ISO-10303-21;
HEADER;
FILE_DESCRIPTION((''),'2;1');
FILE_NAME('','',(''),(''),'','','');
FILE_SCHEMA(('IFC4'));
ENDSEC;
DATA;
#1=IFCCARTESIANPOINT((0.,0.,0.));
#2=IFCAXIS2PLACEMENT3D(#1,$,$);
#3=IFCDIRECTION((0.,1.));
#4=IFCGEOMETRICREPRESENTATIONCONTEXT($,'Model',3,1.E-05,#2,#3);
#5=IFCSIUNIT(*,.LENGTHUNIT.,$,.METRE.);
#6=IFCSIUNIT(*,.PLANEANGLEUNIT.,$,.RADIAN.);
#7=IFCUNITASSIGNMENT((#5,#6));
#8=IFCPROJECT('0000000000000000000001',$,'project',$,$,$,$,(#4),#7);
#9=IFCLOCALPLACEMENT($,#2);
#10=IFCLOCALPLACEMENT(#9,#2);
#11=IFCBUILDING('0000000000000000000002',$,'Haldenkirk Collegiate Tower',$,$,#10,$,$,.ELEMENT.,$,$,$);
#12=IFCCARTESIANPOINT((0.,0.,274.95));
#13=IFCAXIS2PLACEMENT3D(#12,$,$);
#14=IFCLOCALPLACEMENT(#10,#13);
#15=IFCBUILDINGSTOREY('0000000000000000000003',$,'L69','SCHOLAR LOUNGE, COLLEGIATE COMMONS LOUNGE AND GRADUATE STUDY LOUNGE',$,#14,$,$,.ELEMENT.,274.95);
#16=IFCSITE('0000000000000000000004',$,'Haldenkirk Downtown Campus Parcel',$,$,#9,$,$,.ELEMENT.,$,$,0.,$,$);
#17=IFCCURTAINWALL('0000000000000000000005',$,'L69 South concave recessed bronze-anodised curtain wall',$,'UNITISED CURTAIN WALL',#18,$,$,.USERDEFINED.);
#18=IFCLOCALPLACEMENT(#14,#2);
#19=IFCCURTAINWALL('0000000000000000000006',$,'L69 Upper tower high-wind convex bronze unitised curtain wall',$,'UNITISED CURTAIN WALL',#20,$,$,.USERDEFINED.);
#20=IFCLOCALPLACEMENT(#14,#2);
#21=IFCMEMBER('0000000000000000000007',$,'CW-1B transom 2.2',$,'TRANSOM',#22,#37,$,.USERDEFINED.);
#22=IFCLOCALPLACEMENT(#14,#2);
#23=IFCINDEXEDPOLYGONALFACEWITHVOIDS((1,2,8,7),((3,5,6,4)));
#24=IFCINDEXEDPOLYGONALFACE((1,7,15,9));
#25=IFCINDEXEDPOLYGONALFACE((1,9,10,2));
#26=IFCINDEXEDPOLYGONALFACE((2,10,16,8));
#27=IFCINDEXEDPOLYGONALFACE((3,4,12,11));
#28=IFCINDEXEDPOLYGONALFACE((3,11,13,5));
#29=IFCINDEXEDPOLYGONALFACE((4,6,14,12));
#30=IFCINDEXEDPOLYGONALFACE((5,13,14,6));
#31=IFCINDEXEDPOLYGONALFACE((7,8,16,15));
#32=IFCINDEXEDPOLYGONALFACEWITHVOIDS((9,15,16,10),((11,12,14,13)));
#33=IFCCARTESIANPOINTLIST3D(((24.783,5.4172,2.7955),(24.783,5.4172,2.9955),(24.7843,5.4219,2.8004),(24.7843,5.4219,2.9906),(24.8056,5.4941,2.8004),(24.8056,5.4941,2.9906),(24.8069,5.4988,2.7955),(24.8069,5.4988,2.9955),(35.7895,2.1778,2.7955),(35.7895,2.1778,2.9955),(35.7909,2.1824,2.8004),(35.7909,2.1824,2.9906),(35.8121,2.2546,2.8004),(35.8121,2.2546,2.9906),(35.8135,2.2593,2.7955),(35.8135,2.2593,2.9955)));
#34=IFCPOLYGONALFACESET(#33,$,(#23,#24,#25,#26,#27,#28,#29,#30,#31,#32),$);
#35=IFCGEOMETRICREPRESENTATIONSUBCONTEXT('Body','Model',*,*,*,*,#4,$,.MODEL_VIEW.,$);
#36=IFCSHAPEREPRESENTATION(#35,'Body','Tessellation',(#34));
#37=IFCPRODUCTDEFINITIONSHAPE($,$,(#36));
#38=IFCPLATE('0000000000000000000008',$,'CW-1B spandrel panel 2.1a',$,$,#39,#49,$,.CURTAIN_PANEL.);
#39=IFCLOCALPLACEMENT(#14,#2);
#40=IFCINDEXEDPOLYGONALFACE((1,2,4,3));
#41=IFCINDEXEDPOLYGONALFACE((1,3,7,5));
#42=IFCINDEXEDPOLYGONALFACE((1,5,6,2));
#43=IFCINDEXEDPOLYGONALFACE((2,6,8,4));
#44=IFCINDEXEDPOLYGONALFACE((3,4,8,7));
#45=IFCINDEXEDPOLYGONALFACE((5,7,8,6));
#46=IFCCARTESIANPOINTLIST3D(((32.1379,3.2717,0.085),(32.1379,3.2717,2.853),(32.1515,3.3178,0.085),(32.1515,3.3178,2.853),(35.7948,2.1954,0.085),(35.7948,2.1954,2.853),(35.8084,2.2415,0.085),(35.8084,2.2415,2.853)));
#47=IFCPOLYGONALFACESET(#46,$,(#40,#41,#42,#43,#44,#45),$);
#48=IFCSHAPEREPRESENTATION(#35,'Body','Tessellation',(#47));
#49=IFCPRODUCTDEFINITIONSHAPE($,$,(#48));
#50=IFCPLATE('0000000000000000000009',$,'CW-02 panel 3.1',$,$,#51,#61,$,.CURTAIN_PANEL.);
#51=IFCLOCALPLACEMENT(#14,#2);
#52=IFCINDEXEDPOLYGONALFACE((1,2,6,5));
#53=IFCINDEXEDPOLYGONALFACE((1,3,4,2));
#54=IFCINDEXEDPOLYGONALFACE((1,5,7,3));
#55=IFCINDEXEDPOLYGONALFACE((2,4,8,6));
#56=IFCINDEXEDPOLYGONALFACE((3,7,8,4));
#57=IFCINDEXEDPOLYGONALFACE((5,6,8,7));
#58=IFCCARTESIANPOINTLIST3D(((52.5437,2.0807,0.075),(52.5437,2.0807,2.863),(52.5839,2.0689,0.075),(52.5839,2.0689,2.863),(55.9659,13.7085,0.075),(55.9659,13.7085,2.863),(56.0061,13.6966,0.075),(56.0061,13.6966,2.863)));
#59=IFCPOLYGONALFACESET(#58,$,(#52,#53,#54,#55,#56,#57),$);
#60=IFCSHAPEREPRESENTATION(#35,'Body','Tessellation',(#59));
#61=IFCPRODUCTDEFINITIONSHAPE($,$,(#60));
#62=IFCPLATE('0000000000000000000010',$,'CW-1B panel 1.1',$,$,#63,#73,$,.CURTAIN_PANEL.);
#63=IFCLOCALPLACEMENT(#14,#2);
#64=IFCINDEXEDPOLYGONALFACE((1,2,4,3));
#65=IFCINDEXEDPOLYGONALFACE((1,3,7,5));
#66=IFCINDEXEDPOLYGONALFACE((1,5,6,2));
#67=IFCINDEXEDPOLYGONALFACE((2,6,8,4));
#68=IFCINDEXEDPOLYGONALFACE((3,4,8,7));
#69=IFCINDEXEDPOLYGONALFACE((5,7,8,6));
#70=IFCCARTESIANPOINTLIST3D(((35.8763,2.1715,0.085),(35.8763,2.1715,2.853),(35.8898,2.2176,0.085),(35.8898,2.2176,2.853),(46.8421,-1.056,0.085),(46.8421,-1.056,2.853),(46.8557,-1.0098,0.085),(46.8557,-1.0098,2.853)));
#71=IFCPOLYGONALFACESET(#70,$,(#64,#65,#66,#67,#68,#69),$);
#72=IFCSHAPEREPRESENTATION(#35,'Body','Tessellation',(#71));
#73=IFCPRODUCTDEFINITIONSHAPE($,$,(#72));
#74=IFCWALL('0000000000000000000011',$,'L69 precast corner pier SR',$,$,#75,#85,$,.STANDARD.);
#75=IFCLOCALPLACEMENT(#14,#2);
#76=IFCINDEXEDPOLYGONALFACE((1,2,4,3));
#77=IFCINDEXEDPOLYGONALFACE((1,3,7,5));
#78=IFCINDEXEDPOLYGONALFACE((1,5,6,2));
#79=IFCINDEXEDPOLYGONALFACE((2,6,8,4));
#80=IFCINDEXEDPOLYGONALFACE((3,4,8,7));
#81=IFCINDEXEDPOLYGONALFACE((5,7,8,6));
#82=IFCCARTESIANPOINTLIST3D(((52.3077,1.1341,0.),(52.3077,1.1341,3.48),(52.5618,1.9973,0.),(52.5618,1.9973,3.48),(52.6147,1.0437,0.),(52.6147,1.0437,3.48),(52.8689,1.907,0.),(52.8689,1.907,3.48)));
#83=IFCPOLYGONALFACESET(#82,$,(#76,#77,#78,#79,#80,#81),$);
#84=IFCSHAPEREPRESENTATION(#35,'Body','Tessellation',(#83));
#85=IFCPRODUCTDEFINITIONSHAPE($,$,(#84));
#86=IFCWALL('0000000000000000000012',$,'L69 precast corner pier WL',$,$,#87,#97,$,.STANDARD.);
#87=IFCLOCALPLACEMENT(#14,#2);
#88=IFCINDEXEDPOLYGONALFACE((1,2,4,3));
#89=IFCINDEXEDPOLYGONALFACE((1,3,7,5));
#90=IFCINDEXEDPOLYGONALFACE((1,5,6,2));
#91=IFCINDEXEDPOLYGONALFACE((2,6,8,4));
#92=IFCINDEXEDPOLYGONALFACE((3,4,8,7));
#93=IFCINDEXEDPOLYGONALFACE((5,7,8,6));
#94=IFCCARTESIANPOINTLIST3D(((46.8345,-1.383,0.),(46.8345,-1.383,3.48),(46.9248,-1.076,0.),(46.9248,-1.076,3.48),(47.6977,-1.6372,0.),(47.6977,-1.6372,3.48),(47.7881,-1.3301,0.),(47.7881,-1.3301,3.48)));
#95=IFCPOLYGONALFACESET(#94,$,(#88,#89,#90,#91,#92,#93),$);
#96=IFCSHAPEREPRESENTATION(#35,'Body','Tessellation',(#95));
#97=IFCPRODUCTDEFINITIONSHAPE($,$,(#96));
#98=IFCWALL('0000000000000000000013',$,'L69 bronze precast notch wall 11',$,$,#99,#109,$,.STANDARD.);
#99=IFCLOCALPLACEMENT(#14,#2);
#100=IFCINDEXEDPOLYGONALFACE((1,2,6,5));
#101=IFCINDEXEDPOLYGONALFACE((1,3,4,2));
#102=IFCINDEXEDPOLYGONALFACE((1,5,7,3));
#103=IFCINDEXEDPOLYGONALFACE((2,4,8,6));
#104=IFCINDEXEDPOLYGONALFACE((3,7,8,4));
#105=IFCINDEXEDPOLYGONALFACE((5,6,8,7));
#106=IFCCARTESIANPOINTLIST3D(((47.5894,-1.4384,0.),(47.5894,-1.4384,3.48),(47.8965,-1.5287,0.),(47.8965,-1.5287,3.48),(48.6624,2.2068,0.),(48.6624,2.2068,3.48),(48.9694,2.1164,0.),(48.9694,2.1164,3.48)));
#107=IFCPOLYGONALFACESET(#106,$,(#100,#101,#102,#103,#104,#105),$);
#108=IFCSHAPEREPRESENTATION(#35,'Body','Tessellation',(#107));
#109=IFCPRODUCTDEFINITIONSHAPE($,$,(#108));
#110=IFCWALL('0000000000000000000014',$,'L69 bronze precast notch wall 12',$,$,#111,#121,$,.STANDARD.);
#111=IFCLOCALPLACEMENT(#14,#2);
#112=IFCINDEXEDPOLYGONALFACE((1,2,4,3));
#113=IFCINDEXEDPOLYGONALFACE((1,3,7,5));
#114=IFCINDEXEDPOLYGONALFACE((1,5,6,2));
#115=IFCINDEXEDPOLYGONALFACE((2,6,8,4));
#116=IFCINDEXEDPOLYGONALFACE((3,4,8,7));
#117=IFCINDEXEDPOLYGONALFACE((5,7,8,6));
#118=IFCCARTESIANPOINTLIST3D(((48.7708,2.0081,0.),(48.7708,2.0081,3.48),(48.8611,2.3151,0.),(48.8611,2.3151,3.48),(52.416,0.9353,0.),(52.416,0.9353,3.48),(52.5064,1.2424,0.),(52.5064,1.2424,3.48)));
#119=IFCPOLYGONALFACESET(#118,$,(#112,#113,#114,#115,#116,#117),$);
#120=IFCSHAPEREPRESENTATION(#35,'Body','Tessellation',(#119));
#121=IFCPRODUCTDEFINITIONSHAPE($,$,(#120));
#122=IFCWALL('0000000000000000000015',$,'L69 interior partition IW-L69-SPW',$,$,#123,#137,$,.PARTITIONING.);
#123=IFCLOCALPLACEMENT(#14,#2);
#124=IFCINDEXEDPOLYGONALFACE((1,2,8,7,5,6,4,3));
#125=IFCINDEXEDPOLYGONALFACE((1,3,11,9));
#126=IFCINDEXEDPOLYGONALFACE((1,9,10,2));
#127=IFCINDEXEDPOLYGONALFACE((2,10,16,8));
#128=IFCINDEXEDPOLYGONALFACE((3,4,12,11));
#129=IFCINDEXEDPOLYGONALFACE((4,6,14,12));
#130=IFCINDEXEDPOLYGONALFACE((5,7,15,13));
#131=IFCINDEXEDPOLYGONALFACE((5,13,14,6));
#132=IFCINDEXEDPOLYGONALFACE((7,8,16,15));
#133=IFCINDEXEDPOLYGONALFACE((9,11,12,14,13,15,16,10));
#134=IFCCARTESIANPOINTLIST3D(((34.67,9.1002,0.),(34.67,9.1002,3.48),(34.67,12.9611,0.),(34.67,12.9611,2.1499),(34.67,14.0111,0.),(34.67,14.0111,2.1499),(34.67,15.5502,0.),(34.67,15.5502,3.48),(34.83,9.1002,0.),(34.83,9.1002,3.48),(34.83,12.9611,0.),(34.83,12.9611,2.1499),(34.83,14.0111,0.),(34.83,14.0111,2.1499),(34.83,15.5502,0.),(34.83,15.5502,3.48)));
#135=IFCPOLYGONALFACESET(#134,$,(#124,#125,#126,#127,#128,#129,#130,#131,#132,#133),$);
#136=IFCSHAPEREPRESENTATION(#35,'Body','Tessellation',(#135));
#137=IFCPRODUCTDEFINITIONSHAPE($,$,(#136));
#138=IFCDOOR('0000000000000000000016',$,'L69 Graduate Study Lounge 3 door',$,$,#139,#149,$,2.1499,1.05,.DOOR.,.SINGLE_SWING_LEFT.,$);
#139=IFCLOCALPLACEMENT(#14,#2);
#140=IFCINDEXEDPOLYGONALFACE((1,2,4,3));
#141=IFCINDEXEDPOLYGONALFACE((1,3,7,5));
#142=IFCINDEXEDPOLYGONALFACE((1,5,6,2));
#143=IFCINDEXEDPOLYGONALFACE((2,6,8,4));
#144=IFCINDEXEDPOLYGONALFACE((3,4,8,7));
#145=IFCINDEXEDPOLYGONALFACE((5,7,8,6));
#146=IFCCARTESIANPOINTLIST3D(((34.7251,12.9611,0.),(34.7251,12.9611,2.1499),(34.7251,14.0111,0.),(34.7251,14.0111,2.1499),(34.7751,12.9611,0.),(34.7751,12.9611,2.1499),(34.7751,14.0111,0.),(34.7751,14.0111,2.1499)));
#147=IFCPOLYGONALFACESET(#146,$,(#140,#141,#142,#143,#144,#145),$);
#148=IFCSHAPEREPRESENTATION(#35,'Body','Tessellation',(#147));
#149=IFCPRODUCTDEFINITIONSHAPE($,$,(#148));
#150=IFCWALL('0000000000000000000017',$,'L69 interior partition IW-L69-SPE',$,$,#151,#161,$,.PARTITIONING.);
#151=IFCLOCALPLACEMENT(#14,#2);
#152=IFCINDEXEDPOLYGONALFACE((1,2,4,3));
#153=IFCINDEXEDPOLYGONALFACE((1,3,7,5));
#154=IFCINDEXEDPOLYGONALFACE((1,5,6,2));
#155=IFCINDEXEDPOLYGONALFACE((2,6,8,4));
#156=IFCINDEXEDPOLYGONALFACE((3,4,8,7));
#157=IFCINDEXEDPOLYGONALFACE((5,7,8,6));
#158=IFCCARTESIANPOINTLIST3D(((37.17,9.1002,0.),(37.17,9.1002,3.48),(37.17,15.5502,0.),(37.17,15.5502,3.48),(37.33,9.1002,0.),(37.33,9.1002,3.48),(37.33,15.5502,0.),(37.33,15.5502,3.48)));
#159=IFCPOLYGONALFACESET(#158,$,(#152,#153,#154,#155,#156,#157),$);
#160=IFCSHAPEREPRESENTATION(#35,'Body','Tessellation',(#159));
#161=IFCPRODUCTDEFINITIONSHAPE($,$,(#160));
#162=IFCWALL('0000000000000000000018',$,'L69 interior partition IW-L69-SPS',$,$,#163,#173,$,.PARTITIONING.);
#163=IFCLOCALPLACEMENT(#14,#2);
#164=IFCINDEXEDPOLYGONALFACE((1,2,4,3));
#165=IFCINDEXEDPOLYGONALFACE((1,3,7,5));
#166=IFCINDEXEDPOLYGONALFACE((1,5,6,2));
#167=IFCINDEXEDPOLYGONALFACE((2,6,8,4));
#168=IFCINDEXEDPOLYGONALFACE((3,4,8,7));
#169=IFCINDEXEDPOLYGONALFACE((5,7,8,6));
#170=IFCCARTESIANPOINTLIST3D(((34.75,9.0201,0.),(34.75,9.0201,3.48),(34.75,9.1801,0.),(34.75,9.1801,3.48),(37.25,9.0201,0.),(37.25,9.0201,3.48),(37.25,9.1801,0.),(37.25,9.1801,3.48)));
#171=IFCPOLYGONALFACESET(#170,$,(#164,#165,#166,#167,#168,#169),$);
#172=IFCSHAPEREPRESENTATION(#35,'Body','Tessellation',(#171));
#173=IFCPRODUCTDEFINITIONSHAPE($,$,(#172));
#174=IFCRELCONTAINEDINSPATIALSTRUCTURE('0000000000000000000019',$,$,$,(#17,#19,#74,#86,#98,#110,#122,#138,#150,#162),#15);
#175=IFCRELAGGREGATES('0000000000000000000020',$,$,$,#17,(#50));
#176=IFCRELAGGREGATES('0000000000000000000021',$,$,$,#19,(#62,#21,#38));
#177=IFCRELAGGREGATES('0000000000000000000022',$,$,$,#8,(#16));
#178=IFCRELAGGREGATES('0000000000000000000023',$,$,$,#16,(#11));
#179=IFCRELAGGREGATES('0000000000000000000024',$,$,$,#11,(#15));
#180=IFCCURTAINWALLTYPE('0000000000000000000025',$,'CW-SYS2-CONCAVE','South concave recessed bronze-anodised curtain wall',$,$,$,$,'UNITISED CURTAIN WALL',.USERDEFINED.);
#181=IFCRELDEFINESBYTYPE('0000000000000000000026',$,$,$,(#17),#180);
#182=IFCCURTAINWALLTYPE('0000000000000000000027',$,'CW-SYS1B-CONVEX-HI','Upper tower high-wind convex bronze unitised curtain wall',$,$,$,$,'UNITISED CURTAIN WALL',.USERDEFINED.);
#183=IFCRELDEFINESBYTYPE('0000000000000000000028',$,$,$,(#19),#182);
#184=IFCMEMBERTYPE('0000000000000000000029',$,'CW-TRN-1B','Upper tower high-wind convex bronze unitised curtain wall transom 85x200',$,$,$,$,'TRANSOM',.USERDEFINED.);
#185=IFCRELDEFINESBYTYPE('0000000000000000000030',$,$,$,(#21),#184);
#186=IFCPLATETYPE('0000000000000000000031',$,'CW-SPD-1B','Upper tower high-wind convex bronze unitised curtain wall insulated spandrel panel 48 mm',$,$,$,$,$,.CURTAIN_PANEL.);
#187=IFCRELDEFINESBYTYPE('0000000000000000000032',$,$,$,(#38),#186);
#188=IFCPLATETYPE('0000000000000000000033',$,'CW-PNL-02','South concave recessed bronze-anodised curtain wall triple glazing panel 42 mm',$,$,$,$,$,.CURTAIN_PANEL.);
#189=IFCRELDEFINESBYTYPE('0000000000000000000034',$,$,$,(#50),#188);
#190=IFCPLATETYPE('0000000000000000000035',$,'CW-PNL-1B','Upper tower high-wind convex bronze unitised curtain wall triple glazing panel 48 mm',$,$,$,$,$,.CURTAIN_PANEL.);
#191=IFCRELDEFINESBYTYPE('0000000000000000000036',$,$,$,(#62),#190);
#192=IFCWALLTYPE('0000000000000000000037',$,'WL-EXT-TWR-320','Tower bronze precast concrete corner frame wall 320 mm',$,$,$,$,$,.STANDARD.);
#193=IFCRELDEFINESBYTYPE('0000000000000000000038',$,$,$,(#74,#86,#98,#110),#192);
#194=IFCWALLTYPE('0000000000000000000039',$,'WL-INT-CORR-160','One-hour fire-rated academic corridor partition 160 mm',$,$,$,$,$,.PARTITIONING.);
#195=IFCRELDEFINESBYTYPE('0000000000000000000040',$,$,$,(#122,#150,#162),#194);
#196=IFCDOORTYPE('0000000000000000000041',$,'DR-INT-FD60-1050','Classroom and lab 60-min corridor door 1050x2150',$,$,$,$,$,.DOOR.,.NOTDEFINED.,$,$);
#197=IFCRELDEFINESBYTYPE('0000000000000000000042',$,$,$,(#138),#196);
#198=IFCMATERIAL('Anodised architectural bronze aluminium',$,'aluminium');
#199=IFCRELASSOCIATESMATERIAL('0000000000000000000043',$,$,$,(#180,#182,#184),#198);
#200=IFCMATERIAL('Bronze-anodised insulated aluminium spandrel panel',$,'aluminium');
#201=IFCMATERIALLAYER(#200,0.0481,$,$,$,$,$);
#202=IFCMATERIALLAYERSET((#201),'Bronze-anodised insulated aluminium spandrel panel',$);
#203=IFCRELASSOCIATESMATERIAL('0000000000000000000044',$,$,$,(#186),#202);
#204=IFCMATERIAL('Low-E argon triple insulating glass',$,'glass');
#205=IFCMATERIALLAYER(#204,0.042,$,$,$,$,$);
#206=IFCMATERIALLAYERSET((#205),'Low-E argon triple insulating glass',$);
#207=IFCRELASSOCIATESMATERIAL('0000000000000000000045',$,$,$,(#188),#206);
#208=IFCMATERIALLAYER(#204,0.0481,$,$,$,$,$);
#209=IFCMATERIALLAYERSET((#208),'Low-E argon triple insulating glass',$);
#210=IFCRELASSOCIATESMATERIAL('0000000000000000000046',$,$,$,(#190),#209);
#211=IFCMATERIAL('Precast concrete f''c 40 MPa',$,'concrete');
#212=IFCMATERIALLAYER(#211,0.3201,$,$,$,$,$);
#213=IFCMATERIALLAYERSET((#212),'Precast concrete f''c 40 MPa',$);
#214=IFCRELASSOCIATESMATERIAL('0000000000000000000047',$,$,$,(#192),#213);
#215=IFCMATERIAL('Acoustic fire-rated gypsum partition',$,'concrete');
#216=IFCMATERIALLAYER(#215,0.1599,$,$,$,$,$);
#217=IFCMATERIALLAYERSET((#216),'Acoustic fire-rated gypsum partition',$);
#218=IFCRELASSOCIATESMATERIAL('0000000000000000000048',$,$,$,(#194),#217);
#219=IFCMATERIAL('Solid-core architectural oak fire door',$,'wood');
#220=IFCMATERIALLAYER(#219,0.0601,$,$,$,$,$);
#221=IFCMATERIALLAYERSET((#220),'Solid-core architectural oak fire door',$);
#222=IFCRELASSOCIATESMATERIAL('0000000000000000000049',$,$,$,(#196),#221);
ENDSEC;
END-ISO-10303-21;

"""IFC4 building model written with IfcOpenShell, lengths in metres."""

from ifc_helpers import new_model, si_unit, direction, frame, frame_2d, origin, origin_2d, place, context, subcontext, project, spatial, rectangle, hollow_rectangle, extrude, source, transform, mapped, material, layer, layer_set, material_profile, profile_set, type_object, element, fill, aggregate, save


model = new_model("IFC4")

# Units and contexts
model_context = context("Model", 3, precision=1e-05, world=origin(), true_north=direction((0.0, 1.0)))
body_context = subcontext(model_context, "Body", "Model", "MODEL_VIEW")
ifc_project = project(units=[si_unit("LENGTHUNIT", "METRE"), si_unit("PLANEANGLEUNIT", "RADIAN")], contexts=[model_context])

# Site, building, storey
site_placement = place(None, origin())
site = spatial("IfcSite", under=ifc_project, at=site_placement, Name="Haldenkirk Downtown Campus Parcel", CompositionType="ELEMENT", RefElevation=0.0)
building_placement = place(site_placement, origin())
building = spatial("IfcBuilding", under=site, at=building_placement, Name="Haldenkirk Collegiate Tower", CompositionType="ELEMENT")
storey_placement = place(building_placement, frame((0.0, 0.0, 274.95)))
storey = spatial("IfcBuildingStorey", under=building, at=storey_placement, Name="L69", Description="SCHOLAR LOUNGE, COLLEGIATE COMMONS LOUNGE AND GRADUATE STUDY LOUNGE", CompositionType="ELEMENT", Elevation=274.95)

# Curtain wall
ifc_material_1 = material(Name="Anodised architectural bronze aluminium", Category="aluminium")
curtain_wall_type_1 = type_object("IfcCurtainWallType", Name="CW-SYS2-CONCAVE", Description="South concave recessed bronze-anodised curtain wall", ElementType="UNITISED CURTAIN WALL", PredefinedType="USERDEFINED", material=ifc_material_1)
curtain_wall_1_placement = place(storey_placement, origin())
curtain_wall_1 = element("IfcCurtainWall", 1, at=curtain_wall_1_placement, inside=storey, type_object=curtain_wall_type_1, Name="L69 South concave recessed bronze-anodised curtain wall", ObjectType="UNITISED CURTAIN WALL", PredefinedType="USERDEFINED")

# Curtain wall
curtain_wall_type_2 = type_object("IfcCurtainWallType", Name="CW-SYS1B-CONVEX-HI", Description="Upper tower high-wind convex bronze unitised curtain wall", ElementType="UNITISED CURTAIN WALL", PredefinedType="USERDEFINED", material=ifc_material_1)
curtain_wall_2_placement = place(storey_placement, origin())
curtain_wall_2 = element("IfcCurtainWall", 2, at=curtain_wall_2_placement, inside=storey, type_object=curtain_wall_type_2, Name="L69 Upper tower high-wind convex bronze unitised curtain wall", ObjectType="UNITISED CURTAIN WALL", PredefinedType="USERDEFINED")

# Member
ifc_material_profile_1 = material_profile(ifc_material_1, hollow_rectangle(XDim=0.085, YDim=0.2, WallThickness=0.0049, at=origin_2d()), Name="CW-TRN-1B")
ifc_profile_set_1 = profile_set([ifc_material_profile_1], Name="Anodised architectural bronze aluminium")
member_type_1 = type_object("IfcMemberType", Name="CW-TRN-1B", Description="Upper tower high-wind convex bronze unitised curtain wall transom 85x200", ElementType="TRANSOM", PredefinedType="USERDEFINED", material=ifc_profile_set_1)
member_1_placement = place(storey_placement, frame((35.8015, 2.2185, 2.8955), z_axis=(-0.959312, 0.282348, 0.0), x_axis=(-0.282348, -0.959312, 0.0)))
member_1 = element("IfcMember", 3, at=member_1_placement, type_object=member_type_1, Name="CW-1B transom 2.2", ObjectType="TRANSOM", PredefinedType="USERDEFINED", context=body_context, shape_type="SweptSolid", body=[
    extrude(hollow_rectangle(XDim=0.085, YDim=0.2, WallThickness=0.0049, at=origin_2d()), origin(), (0.0, 0.0, 1.0), 11.4734),
])

# Plates
ifc_material_2 = material(Name="Bronze-anodised insulated aluminium spandrel panel", Category="aluminium")
ifc_layer_1 = layer(ifc_material_2, 0.0481)
ifc_layer_set_1 = layer_set([ifc_layer_1], Name="Bronze-anodised insulated aluminium spandrel panel")
plate_type_1 = type_object("IfcPlateType", Name="CW-SPD-1B", Description="Upper tower high-wind convex bronze unitised curtain wall insulated spandrel panel 48 mm", PredefinedType="CURTAIN_PANEL", material=ifc_layer_set_1)
shared_shape_1 = source(origin(), body_context, "Body", "SweptSolid", [
    extrude(rectangle(XDim=3.812, YDim=0.0481, at=origin_2d()), origin(), (0.0, 0.0, 1.0), 2.7681),
])
plate_1_placement = place(storey_placement, frame((33.9731, 2.7566, 0.085), z_axis=(0.0, 0.0, 1.0), x_axis=(-0.959314, 0.282342, 0.0)))
plate_1 = element("IfcPlate", 4, at=plate_1_placement, type_object=plate_type_1, Name="CW-1B spandrel panel 2.1a", PredefinedType="CURTAIN_PANEL", context=body_context, shape_type="MappedRepresentation", body=[
    mapped(shared_shape_1, transform((0.0, 0.0, 0.0), x_axis=(1.0, 0.0, 0.0), y_axis=(0.0, 1.0, 0.0), z_axis=(0.0, 0.0, 1.0), scale=1.0)),
])
ifc_material_3 = material(Name="Low-E argon triple insulating glass", Category="glass")
ifc_layer_2 = layer(ifc_material_3, 0.042)
ifc_layer_set_2 = layer_set([ifc_layer_2], Name="Low-E argon triple insulating glass")
plate_type_2 = type_object("IfcPlateType", Name="CW-PNL-02", Description="South concave recessed bronze-anodised curtain wall triple glazing panel 42 mm", PredefinedType="CURTAIN_PANEL", material=ifc_layer_set_2)
shared_shape_2 = source(origin(), body_context, "Body", "SweptSolid", [
    extrude(rectangle(XDim=12.1208, YDim=0.042, at=origin_2d()), origin(), (0.0, 0.0, 1.0), 2.7881),
])
plate_2_placement = place(storey_placement, frame((54.2749, 7.8887, 0.075), z_axis=(0.0, 0.0, 1.0), x_axis=(-0.282341, -0.959314, 0.0)))
plate_2 = element("IfcPlate", 5, at=plate_2_placement, type_object=plate_type_2, Name="CW-02 panel 3.1", PredefinedType="CURTAIN_PANEL", context=body_context, shape_type="MappedRepresentation", body=[
    mapped(shared_shape_2, transform((0.0, 0.0, 0.0), x_axis=(1.0, 0.0, 0.0), y_axis=(0.0, 1.0, 0.0), z_axis=(0.0, 0.0, 1.0), scale=1.0)),
])
aggregate(curtain_wall_1, [plate_2])
ifc_layer_3 = layer(ifc_material_3, 0.0481)
ifc_layer_set_3 = layer_set([ifc_layer_3], Name="Low-E argon triple insulating glass")
plate_type_3 = type_object("IfcPlateType", Name="CW-PNL-1B", Description="Upper tower high-wind convex bronze unitised curtain wall triple glazing panel 48 mm", PredefinedType="CURTAIN_PANEL", material=ifc_layer_set_3)
shared_shape_3 = source(origin(), body_context, "Body", "SweptSolid", [
    extrude(rectangle(XDim=11.4309, YDim=0.0481, at=origin_2d()), origin(), (0.0, 0.0, 1.0), 2.7681),
])
plate_3_placement = place(storey_placement, frame((41.366, 0.5808, 0.085), z_axis=(0.0, 0.0, 1.0), x_axis=(-0.959314, 0.282342, 0.0)))
plate_3 = element("IfcPlate", 6, at=plate_3_placement, type_object=plate_type_3, Name="CW-1B panel 1.1", PredefinedType="CURTAIN_PANEL", context=body_context, shape_type="MappedRepresentation", body=[
    mapped(shared_shape_3, transform((0.0, 0.0, 0.0), x_axis=(1.0, 0.0, 0.0), y_axis=(0.0, 1.0, 0.0), z_axis=(0.0, 0.0, 1.0), scale=1.0)),
])
aggregate(curtain_wall_2, [plate_3, member_1, plate_1])

# Walls
ifc_material_4 = material(Name="Precast concrete f'c 40 MPa", Category="concrete")
ifc_layer_4 = layer(ifc_material_4, 0.3201)
ifc_layer_set_4 = layer_set([ifc_layer_4], Name="Precast concrete f'c 40 MPa")
wall_type_1 = type_object("IfcWallType", Name="WL-EXT-TWR-320", Description="Tower bronze precast concrete corner frame wall 320 mm", PredefinedType="STANDARD", material=ifc_layer_set_4)
for number, where, z_axis, x_axis, name in (
    (7, (52.7153, 1.9521, 0.0), (0.0, 0.0, 1.0), (-0.282416, -0.959292, 0.0), "L69 precast corner pier SR"),
    (8, (47.7429, -1.4836, 0.0), (0.0, 0.0, 1.0), (-0.959292, 0.282416, 0.0), "L69 precast corner pier WL"),
):
    element("IfcWall", number, at=place(storey_placement, frame(where, z_axis=z_axis, x_axis=x_axis)), inside=storey, type_object=wall_type_1, Name=name, PredefinedType="STANDARD", context=body_context, shape_type="SweptSolid", body=[
        extrude(rectangle(XDim=0.8999, YDim=0.3201, at=frame_2d((0.45, 0.0))), origin(), (0.0, 0.0, 1.0), 3.48),
    ])
for number, where, z_axis, x_axis, name in (
    (9, (48.8159, 2.1616, 0.0), (0.0, 0.0, 1.0), (-0.282375, -0.959304, 0.0), "L69 bronze precast notch wall 11"),
    (10, (52.4612, 1.0889, 0.0), (0.0, 0.0, 1.0), (-0.959321, 0.282316, 0.0), "L69 bronze precast notch wall 12"),
):
    element("IfcWall", number, at=place(storey_placement, frame(where, z_axis=z_axis, x_axis=x_axis)), inside=storey, type_object=wall_type_1, Name=name, PredefinedType="STANDARD", context=body_context, shape_type="SweptSolid", body=[
        extrude(rectangle(XDim=3.7998, YDim=0.3201, at=frame_2d((1.8999, 0.0))), origin(), (0.0, 0.0, 1.0), 3.48),
    ])

# Wall, opening, door
ifc_material_5 = material(Name="Acoustic fire-rated gypsum partition", Category="concrete")
ifc_layer_5 = layer(ifc_material_5, 0.1599)
ifc_layer_set_5 = layer_set([ifc_layer_5], Name="Acoustic fire-rated gypsum partition")
wall_type_2 = type_object("IfcWallType", Name="WL-INT-CORR-160", Description="One-hour fire-rated academic corridor partition 160 mm", PredefinedType="PARTITIONING", material=ifc_layer_set_5)
wall_1_placement = place(storey_placement, frame((34.75, 9.1001, 0.0), z_axis=(0.0, 0.0, 1.0), x_axis=(0.0, 1.0, 0.0)))
wall_1 = element("IfcWall", 11, at=wall_1_placement, inside=storey, type_object=wall_type_2, Name="L69 interior partition IW-L69-SPW", PredefinedType="PARTITIONING", context=body_context, shape_type="SweptSolid", body=[
    extrude(rectangle(XDim=6.45, YDim=0.1599, at=frame_2d((3.2251, 0.0))), origin(), (0.0, 0.0, 1.0), 3.48),
])
opening_placement = place(wall_1_placement, frame((3.8611, 0.0, 0.0)))
opening = element("IfcOpeningElement", 12, at=opening_placement, cuts=wall_1, PredefinedType="OPENING", context=body_context, shape_type="SweptSolid", body=[
    extrude(rectangle(XDim=1.05, YDim=2.1499, at=frame_2d((0.5249, 1.075))), frame((0.0, 0.0898, 0.0), z_axis=(0.0, -1.0, 0.0), x_axis=(1.0, 0.0, 0.0)), (0.0, 0.0, 1.0), 0.1799),
])
ifc_material_6 = material(Name="Solid-core architectural oak fire door", Category="wood")
ifc_layer_6 = layer(ifc_material_6, 0.0601)
ifc_layer_set_6 = layer_set([ifc_layer_6], Name="Solid-core architectural oak fire door")
door_type = type_object("IfcDoorType", Name="DR-INT-FD60-1050", Description="Classroom and lab 60-min corridor door 1050x2150", OperationType="NOTDEFINED", PredefinedType="DOOR", material=ifc_layer_set_6)
door_placement = place(opening_placement, origin())
door = element("IfcDoor", 13, at=door_placement, inside=storey, type_object=door_type, Name="L69 Graduate Study Lounge 3 door", OperationType="SINGLE_SWING_LEFT", OverallHeight=2.1499, OverallWidth=1.05, PredefinedType="DOOR", context=body_context, shape_type="SweptSolid", body=[
    extrude(rectangle(XDim=1.05, YDim=2.1499, at=frame_2d((0.5249, 1.075))), frame((0.0, 0.0249, 0.0), z_axis=(0.0, -1.0, 0.0), x_axis=(1.0, 0.0, 0.0)), (0.0, 0.0, 1.0), 0.05),
])
fill(opening, door)

# Walls
wall_2_placement = place(storey_placement, frame((37.25, 9.1001, 0.0), z_axis=(0.0, 0.0, 1.0), x_axis=(0.0, 1.0, 0.0)))
element("IfcWall", 14, at=wall_2_placement, inside=storey, type_object=wall_type_2, Name="L69 interior partition IW-L69-SPE", PredefinedType="PARTITIONING", context=body_context, shape_type="SweptSolid", body=[
    extrude(rectangle(XDim=6.45, YDim=0.1599, at=frame_2d((3.2251, 0.0))), origin(), (0.0, 0.0, 1.0), 3.48),
])
wall_3_placement = place(storey_placement, frame((34.75, 9.1001, 0.0), z_axis=(0.0, 0.0, 1.0), x_axis=(1.0, 0.0, 0.0)))
element("IfcWall", 15, at=wall_3_placement, inside=storey, type_object=wall_type_2, Name="L69 interior partition IW-L69-SPS", PredefinedType="PARTITIONING", context=body_context, shape_type="SweptSolid", body=[
    extrude(rectangle(XDim=2.5, YDim=0.1599, at=frame_2d((1.25, 0.0))), origin(), (0.0, 0.0, 1.0), 3.48),
])

save(model, "model.ifc")
